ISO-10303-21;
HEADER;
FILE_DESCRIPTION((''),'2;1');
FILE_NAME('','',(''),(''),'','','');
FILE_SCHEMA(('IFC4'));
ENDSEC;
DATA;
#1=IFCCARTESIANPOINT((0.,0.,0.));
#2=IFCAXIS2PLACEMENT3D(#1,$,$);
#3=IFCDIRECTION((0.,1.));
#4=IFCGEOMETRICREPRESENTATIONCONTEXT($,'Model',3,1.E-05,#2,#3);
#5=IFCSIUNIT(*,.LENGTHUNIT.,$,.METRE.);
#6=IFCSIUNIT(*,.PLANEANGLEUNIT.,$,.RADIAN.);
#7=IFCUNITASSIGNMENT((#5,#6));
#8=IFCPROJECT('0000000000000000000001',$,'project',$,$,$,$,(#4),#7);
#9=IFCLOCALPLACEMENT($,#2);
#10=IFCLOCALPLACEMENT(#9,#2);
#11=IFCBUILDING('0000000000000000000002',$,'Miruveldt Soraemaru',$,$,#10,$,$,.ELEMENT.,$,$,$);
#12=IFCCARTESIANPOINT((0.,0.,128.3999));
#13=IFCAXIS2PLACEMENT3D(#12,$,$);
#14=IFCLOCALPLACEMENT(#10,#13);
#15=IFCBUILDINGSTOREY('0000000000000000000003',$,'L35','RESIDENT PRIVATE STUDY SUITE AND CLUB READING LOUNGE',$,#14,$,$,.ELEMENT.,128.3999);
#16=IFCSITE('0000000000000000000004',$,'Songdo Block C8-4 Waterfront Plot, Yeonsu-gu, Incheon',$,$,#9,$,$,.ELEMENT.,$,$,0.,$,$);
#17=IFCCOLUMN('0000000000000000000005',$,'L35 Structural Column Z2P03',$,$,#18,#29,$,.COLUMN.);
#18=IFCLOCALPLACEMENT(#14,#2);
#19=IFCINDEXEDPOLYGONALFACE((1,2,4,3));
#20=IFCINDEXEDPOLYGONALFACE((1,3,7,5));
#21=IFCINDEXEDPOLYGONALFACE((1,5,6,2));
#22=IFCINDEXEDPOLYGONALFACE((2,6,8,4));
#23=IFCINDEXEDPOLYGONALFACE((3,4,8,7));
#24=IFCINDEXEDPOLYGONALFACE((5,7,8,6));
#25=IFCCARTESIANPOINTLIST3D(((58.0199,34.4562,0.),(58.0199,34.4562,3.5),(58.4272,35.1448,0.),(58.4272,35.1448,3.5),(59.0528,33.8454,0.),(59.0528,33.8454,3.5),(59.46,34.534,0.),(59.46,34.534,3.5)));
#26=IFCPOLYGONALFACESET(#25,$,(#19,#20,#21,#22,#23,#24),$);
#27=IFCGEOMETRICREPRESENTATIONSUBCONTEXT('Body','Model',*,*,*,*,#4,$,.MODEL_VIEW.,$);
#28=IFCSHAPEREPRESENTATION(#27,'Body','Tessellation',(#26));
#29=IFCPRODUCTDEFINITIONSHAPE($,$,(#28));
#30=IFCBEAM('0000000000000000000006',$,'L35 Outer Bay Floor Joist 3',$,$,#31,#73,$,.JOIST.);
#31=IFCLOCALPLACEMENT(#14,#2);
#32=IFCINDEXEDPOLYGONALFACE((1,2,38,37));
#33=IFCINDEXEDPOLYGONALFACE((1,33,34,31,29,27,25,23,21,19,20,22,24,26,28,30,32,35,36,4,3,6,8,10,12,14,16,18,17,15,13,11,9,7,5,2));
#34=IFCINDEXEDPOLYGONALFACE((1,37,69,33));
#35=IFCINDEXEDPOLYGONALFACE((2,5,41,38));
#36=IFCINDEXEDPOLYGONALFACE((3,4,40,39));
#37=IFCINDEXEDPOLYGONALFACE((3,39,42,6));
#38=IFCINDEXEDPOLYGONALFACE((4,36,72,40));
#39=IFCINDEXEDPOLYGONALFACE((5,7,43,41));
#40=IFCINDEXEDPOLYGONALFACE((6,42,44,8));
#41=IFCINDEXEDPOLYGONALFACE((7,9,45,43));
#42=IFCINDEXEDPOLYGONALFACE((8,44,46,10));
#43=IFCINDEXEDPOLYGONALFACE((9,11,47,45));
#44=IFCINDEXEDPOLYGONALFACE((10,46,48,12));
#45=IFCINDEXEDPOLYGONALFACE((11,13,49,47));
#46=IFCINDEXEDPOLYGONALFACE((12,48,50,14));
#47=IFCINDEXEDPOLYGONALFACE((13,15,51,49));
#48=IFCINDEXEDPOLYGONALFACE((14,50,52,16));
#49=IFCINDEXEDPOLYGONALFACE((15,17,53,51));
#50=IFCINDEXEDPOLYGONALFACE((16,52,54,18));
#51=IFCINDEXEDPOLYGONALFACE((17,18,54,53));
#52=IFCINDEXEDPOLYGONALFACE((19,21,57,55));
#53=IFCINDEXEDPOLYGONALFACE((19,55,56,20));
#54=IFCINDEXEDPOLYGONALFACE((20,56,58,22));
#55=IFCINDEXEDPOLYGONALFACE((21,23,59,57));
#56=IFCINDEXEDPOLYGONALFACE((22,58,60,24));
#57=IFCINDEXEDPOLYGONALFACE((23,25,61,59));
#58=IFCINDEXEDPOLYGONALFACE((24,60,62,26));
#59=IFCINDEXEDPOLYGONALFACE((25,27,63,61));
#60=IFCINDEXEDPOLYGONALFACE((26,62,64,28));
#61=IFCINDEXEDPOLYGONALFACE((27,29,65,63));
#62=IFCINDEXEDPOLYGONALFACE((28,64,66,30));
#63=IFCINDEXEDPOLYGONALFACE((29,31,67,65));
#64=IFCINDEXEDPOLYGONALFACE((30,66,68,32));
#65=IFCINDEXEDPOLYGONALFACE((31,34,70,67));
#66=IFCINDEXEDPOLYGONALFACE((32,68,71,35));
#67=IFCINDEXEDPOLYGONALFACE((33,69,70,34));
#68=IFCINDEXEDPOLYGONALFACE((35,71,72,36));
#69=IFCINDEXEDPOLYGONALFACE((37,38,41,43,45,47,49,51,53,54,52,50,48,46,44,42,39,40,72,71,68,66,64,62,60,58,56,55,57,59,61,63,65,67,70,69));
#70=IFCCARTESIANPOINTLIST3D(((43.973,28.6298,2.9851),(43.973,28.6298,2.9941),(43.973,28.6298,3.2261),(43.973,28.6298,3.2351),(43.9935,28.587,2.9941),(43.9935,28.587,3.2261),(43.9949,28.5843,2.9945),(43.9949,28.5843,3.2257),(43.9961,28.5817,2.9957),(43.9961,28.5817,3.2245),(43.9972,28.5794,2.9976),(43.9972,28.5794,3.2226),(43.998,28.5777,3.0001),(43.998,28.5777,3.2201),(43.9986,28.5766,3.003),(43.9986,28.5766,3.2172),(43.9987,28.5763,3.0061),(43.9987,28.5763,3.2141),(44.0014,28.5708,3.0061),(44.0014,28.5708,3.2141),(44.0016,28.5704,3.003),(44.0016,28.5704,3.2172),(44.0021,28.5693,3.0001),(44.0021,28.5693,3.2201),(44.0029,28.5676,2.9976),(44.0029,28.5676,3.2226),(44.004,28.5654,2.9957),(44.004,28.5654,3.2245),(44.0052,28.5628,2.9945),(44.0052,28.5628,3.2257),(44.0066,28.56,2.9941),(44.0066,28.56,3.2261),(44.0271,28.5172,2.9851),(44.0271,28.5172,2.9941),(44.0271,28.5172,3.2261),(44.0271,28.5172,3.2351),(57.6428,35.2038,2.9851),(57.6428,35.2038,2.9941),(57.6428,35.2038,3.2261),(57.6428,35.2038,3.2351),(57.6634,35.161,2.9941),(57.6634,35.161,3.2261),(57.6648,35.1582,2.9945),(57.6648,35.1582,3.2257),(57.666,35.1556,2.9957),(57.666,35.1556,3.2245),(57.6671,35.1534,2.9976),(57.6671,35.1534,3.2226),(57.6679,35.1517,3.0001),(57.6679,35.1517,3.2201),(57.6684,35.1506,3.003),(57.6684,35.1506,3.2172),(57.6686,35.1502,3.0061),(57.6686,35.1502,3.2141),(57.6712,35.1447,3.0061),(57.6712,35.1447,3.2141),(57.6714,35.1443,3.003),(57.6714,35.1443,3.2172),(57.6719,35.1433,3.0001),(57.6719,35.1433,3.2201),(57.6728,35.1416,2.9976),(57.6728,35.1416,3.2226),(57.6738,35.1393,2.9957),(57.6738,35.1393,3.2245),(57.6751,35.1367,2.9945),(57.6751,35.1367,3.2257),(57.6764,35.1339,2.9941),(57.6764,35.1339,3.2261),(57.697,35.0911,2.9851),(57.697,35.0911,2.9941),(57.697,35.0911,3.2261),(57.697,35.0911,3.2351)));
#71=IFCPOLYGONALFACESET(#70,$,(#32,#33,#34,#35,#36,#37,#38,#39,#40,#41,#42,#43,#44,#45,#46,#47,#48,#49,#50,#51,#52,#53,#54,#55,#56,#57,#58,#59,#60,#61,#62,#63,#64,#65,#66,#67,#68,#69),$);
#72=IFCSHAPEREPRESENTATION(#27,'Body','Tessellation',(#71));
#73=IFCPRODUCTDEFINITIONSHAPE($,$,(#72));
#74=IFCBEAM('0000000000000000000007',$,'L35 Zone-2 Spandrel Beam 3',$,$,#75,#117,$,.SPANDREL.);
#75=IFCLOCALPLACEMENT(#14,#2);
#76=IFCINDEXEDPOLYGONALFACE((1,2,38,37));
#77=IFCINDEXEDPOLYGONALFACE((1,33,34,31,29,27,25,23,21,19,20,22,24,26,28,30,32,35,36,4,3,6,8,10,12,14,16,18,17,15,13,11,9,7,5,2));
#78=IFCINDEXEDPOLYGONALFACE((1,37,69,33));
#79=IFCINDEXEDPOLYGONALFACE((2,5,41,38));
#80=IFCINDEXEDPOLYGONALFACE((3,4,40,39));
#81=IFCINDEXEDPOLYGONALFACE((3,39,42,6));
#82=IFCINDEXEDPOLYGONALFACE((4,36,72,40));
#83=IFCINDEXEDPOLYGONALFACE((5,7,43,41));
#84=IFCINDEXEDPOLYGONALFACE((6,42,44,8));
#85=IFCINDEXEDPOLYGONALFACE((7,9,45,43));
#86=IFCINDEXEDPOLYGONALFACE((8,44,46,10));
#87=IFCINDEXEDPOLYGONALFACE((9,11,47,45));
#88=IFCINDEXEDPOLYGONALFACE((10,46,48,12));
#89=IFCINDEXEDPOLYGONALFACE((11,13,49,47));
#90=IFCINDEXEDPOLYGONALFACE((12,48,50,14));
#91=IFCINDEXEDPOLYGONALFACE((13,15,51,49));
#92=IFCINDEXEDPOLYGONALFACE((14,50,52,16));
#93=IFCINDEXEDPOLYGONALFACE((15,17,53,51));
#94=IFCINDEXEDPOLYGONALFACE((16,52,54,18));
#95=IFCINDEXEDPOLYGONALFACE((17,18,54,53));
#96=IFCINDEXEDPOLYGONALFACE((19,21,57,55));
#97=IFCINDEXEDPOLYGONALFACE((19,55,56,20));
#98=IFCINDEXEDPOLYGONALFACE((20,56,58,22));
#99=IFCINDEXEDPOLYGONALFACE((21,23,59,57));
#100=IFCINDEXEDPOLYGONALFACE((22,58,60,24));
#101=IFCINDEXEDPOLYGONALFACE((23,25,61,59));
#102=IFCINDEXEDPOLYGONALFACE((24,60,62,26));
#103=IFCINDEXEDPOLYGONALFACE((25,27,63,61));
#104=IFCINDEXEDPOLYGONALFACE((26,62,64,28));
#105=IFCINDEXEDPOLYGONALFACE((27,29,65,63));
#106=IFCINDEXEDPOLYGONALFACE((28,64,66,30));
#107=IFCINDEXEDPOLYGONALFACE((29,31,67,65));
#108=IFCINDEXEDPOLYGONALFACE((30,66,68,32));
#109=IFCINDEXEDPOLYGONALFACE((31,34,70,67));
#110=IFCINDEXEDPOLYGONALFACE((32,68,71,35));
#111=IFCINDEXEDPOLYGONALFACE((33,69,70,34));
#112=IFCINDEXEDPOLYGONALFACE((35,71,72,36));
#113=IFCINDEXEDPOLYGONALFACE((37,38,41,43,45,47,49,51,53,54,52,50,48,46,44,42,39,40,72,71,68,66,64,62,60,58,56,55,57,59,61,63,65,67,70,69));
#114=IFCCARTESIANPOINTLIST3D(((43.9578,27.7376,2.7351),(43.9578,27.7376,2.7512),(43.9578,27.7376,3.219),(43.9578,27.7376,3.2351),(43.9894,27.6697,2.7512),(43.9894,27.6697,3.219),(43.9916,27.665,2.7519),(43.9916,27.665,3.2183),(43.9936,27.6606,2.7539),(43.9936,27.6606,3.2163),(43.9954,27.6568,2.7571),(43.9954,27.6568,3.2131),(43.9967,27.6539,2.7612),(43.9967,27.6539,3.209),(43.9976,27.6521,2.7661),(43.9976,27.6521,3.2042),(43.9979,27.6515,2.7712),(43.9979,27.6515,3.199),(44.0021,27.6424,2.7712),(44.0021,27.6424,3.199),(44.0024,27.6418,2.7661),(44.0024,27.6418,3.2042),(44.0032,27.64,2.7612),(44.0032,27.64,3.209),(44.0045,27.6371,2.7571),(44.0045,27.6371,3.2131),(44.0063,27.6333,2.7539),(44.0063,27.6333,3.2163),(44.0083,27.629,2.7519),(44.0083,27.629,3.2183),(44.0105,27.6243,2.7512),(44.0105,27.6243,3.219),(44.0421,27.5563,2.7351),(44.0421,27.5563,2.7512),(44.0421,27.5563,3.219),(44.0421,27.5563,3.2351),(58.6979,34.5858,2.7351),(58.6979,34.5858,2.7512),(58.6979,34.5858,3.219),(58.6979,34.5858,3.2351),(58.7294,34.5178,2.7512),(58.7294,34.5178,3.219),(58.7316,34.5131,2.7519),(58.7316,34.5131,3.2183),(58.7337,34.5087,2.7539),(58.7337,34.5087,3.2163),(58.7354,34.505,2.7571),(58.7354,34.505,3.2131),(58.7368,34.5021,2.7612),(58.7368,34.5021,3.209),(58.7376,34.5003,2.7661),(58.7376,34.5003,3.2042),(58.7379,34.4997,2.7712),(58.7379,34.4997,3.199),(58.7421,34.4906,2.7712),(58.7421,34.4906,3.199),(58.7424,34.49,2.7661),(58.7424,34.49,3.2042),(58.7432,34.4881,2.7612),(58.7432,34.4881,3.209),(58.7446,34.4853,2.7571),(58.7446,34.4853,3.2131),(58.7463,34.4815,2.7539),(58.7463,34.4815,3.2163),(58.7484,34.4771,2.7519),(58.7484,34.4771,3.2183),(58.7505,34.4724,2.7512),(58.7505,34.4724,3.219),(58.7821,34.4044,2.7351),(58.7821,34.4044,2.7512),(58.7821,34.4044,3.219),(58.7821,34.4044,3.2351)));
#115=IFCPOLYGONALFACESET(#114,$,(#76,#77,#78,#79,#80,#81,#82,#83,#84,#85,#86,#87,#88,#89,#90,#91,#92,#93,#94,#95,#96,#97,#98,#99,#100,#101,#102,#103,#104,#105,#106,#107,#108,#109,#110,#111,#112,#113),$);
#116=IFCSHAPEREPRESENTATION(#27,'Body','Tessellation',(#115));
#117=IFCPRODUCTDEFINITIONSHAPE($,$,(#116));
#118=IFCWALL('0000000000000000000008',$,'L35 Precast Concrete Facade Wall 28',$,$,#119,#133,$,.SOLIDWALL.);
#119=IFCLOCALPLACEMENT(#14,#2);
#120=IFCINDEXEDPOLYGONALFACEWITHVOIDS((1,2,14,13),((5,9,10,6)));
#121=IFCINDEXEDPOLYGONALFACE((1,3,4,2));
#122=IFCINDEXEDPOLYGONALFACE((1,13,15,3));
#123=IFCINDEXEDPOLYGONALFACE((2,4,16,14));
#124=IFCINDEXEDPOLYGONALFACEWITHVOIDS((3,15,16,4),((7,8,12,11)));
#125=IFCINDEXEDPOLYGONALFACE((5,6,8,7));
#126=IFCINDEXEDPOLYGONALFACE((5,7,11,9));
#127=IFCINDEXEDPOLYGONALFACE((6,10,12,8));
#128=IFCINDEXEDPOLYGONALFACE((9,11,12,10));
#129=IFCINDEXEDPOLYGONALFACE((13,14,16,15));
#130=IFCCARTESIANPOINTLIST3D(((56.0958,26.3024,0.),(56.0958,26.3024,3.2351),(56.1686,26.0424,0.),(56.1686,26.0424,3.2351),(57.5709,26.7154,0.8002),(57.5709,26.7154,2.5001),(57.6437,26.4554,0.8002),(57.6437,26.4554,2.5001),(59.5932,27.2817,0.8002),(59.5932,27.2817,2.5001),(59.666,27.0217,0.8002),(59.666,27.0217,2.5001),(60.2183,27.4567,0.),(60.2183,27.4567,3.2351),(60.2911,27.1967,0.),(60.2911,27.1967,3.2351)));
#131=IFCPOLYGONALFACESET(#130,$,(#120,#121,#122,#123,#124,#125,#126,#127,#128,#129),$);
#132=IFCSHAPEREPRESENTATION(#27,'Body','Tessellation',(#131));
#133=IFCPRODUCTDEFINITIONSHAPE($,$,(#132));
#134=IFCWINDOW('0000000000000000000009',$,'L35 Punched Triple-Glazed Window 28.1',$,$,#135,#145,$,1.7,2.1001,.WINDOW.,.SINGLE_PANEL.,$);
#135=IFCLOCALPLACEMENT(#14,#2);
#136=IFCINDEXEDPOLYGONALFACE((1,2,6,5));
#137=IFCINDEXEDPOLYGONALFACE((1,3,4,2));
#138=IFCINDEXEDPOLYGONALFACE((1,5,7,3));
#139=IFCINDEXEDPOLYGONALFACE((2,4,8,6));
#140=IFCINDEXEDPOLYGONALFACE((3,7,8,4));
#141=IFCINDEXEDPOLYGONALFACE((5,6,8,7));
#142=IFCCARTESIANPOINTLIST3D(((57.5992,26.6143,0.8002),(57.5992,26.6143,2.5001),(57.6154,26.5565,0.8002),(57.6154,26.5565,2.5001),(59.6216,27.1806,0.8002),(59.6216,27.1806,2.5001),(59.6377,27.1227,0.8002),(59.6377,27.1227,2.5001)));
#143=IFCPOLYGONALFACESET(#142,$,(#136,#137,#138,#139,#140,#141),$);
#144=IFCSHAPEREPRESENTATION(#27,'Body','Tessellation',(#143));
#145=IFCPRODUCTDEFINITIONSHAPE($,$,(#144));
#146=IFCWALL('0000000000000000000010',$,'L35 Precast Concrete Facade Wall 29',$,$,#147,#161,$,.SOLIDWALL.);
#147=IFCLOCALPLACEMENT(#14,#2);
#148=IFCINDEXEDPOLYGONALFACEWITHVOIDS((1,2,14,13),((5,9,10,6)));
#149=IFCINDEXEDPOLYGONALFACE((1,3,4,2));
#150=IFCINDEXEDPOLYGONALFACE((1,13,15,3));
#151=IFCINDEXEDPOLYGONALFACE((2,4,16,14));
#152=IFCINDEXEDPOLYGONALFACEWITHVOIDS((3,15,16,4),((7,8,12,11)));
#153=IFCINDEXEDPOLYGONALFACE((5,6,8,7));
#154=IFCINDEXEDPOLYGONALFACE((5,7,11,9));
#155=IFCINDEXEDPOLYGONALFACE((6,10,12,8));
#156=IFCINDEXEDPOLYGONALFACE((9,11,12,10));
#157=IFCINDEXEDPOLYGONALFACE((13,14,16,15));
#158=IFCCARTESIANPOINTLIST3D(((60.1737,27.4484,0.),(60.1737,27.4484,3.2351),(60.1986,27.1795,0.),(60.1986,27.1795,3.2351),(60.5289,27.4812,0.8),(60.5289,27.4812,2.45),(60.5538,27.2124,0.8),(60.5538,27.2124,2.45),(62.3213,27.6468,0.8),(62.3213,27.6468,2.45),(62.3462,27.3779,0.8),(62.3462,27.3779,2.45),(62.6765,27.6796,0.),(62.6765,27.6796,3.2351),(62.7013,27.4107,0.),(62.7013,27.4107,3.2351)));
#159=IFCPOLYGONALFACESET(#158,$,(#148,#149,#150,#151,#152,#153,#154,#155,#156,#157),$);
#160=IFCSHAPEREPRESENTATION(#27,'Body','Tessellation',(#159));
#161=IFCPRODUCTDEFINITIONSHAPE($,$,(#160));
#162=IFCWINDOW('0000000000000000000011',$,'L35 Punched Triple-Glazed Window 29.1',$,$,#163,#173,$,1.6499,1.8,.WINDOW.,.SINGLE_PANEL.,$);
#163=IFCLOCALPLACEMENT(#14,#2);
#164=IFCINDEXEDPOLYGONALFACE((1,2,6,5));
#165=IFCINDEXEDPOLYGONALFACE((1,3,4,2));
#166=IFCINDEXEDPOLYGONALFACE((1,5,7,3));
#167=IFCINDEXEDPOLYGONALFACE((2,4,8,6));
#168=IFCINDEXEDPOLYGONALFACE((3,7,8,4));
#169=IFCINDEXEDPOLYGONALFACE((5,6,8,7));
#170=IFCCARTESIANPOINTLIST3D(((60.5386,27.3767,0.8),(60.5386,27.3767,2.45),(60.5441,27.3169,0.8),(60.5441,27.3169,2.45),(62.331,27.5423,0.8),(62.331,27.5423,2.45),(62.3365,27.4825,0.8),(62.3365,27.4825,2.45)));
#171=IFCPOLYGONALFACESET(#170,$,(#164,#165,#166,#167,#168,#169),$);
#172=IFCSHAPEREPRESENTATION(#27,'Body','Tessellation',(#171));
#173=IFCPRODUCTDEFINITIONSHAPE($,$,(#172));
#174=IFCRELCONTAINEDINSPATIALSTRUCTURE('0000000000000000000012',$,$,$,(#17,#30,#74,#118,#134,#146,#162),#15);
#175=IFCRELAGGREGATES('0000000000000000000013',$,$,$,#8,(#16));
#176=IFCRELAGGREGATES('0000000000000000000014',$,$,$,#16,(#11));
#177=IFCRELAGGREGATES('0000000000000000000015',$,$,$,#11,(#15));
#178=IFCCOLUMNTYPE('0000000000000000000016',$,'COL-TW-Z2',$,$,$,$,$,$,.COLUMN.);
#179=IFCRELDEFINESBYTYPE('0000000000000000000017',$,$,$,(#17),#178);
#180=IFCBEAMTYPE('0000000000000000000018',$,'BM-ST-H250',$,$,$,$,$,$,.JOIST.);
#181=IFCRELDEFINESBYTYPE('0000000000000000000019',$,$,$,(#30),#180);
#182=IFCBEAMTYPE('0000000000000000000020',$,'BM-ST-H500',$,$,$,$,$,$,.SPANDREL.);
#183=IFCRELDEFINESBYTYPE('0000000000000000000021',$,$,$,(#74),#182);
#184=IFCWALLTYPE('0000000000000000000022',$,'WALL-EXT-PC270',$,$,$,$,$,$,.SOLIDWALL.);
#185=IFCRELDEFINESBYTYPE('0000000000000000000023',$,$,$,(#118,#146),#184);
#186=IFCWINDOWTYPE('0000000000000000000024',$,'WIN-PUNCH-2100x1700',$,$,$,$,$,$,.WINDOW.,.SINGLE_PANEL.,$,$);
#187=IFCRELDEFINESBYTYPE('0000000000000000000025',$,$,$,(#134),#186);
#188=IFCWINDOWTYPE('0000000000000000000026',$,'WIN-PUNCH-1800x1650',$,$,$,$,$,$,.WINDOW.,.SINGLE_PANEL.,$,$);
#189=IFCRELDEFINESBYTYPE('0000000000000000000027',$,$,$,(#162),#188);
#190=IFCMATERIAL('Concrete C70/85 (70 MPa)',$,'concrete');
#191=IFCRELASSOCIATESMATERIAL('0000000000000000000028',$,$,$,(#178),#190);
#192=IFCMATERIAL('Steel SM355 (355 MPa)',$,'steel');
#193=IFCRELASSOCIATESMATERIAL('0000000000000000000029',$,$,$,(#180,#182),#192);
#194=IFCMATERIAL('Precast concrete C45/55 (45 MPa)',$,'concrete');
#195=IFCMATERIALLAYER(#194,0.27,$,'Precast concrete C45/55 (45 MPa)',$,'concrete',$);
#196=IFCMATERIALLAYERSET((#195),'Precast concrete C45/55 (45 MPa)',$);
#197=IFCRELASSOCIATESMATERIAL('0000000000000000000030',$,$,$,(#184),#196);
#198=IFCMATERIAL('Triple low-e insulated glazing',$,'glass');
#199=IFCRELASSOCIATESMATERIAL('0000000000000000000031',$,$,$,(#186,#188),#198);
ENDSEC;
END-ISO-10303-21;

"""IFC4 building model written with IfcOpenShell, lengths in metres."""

from ifc_helpers import new_model, si_unit, direction, frame, frame_2d, origin, origin_2d, place, context, subcontext, project, spatial, rectangle, i_section, extrude, material, layer, layer_set, material_profile, profile_set, type_object, element, fill, save


model = new_model("IFC4")

# Units and contexts
model_context = context("Model", 3, precision=1e-05, world=origin(), true_north=direction((0.0, 1.0)))
body_context = subcontext(model_context, "Body", "Model", "MODEL_VIEW")
ifc_project = project(units=[si_unit("LENGTHUNIT", "METRE"), si_unit("PLANEANGLEUNIT", "RADIAN")], contexts=[model_context])

# Site, building, storey
site_placement = place(None, origin())
site = spatial("IfcSite", under=ifc_project, at=site_placement, Name="Songdo Block C8-4 Waterfront Plot, Yeonsu-gu, Incheon", CompositionType="ELEMENT", RefElevation=0.0)
building_placement = place(site_placement, origin())
building = spatial("IfcBuilding", under=site, at=building_placement, Name="Miruveldt Soraemaru", CompositionType="ELEMENT")
storey_placement = place(building_placement, frame((0.0, 0.0, 128.3999)))
storey = spatial("IfcBuildingStorey", under=building, at=storey_placement, Name="L35", Description="RESIDENT PRIVATE STUDY SUITE AND CLUB READING LOUNGE", CompositionType="ELEMENT", Elevation=128.3999)

# Column
ifc_material_1 = material(Name="Concrete C70/85 (70 MPa)", Category="concrete")
ifc_material_profile_1 = material_profile(ifc_material_1, rectangle(XDim=1.2, YDim=0.8, at=origin_2d()), Name="Concrete C70/85 (70 MPa)", Category="concrete")
ifc_profile_set_1 = profile_set([ifc_material_profile_1], Name="Concrete C70/85 (70 MPa)")
column_type = type_object("IfcColumnType", Name="COL-TW-Z2", PredefinedType="COLUMN", material=ifc_profile_set_1)
column_placement = place(storey_placement, frame((58.74, 34.4951, 0.0), z_axis=(0.0, 0.0, 1.0), x_axis=(-0.860742, 0.509041, 0.0)))
element("IfcColumn", 1, at=column_placement, inside=storey, type_object=column_type, Name="L35 Structural Column Z2P03", PredefinedType="COLUMN", context=body_context, shape_type="SweptSolid", body=[
    extrude(rectangle(XDim=1.2, YDim=0.8, at=origin_2d()), origin(), (0.0, 0.0, 1.0), 3.5),
])

# Beams
ifc_material_2 = material(Name="Steel SM355 (355 MPa)", Category="steel")
ifc_material_profile_2 = material_profile(ifc_material_2, i_section(OverallWidth=0.125, OverallDepth=0.25, WebThickness=0.0061, FlangeThickness=0.009, FilletRadius=0.012, at=origin_2d()), Name="Steel SM355 (355 MPa)", Category="steel")
ifc_profile_set_2 = profile_set([ifc_material_profile_2], Name="Steel SM355 (355 MPa)")
beam_type_1 = type_object("IfcBeamType", Name="BM-ST-H250", PredefinedType="JOIST", material=ifc_profile_set_2)
beam_1_placement = place(storey_placement, frame((57.6699, 35.1475, 3.1101), z_axis=(-0.901204, -0.433396, 0.0), x_axis=(0.433396, -0.901204, 0.0)))
element("IfcBeam", 2, at=beam_1_placement, inside=storey, type_object=beam_type_1, Name="L35 Outer Bay Floor Joist 3", PredefinedType="JOIST", context=body_context, shape_type="SweptSolid", body=[
    extrude(i_section(OverallWidth=0.125, OverallDepth=0.25, WebThickness=0.0061, FlangeThickness=0.009, FilletRadius=0.012, at=origin_2d()), origin(), (0.0, 0.0, 1.0), 15.1685),
])
ifc_material_profile_3 = material_profile(ifc_material_2, i_section(OverallWidth=0.2, OverallDepth=0.5, WebThickness=0.01, FlangeThickness=0.0161, FilletRadius=0.02, at=origin_2d()), Name="Steel SM355 (355 MPa)", Category="steel")
ifc_profile_set_3 = profile_set([ifc_material_profile_3], Name="Steel SM355 (355 MPa)")
beam_type_2 = type_object("IfcBeamType", Name="BM-ST-H500", PredefinedType="SPANDREL", material=ifc_profile_set_3)
beam_2_placement = place(storey_placement, frame((58.74, 34.4951, 2.9851), z_axis=(-0.906901, -0.421343, 0.0), x_axis=(0.421343, -0.906901, 0.0)))
element("IfcBeam", 3, at=beam_2_placement, inside=storey, type_object=beam_type_2, Name="L35 Zone-2 Spandrel Beam 3", PredefinedType="SPANDREL", context=body_context, shape_type="SweptSolid", body=[
    extrude(i_section(OverallWidth=0.2, OverallDepth=0.5, WebThickness=0.01, FlangeThickness=0.0161, FilletRadius=0.02, at=origin_2d()), origin(), (0.0, 0.0, 1.0), 16.2532),
])

# Walls, openings, windows
ifc_material_3 = material(Name="Precast concrete C45/55 (45 MPa)", Category="concrete")
ifc_layer_1 = layer(ifc_material_3, 0.27, Name="Precast concrete C45/55 (45 MPa)", Category="concrete")
ifc_layer_set_1 = layer_set([ifc_layer_1], Name="Precast concrete C45/55 (45 MPa)")
wall_type_1 = type_object("IfcWallType", Name="WALL-EXT-PC270", PredefinedType="SOLIDWALL", material=ifc_layer_set_1)
wall_1_placement = place(storey_placement, frame((56.1321, 26.1724, 0.0), z_axis=(0.0, 0.0, 1.0), x_axis=(0.962965, 0.269626, 0.0)))
wall_1 = element("IfcWall", 4, at=wall_1_placement, inside=storey, type_object=wall_type_1, Name="L35 Precast Concrete Facade Wall 28", PredefinedType="SOLIDWALL", context=body_context, shape_type="SweptSolid", body=[
    extrude(rectangle(XDim=4.281, YDim=0.27, at=frame_2d((2.1406, 0.0))), origin(), (0.0, 0.0, 1.0), 3.2351),
])
opening_1_placement = place(wall_1_placement, frame((1.532, 0.0, 0.8)))
opening_1 = element("IfcOpeningElement", 5, at=opening_1_placement, cuts=wall_1, PredefinedType="OPENING", context=body_context, shape_type="SweptSolid", body=[
    extrude(rectangle(XDim=2.1001, YDim=1.7, at=frame_2d((1.05, 0.8501))), frame((0.0, 0.145, 0.0), z_axis=(0.0, -1.0, 0.0), x_axis=(1.0, 0.0, 0.0)), (0.0, 0.0, 1.0), 0.29),
])
ifc_material_4 = material(Name="Triple low-e insulated glazing", Category="glass")
window_type_1 = type_object("IfcWindowType", Name="WIN-PUNCH-2100x1700", PartitioningType="SINGLE_PANEL", PredefinedType="WINDOW", material=ifc_material_4)
window_1_placement = place(opening_1_placement, origin())
window_1 = element("IfcWindow", 6, at=window_1_placement, inside=storey, type_object=window_type_1, Name="L35 Punched Triple-Glazed Window 28.1", OverallHeight=1.7, OverallWidth=2.1001, PartitioningType="SINGLE_PANEL", PredefinedType="WINDOW", context=body_context, shape_type="SweptSolid", body=[
    extrude(rectangle(XDim=2.1001, YDim=1.7, at=frame_2d((1.05, 0.8501))), frame((0.0, 0.03, 0.0), z_axis=(0.0, -1.0, 0.0), x_axis=(1.0, 0.0, 0.0)), (0.0, 0.0, 1.0), 0.0601),
])
fill(opening_1, window_1)
wall_2_placement = place(storey_placement, frame((60.186, 27.314, 0.0), z_axis=(0.0, 0.0, 1.0), x_axis=(0.99576, 0.09199, 0.0)))
wall_2 = element("IfcWall", 7, at=wall_2_placement, inside=storey, type_object=wall_type_1, Name="L35 Precast Concrete Facade Wall 29", PredefinedType="SOLIDWALL", context=body_context, shape_type="SweptSolid", body=[
    extrude(rectangle(XDim=2.5134, YDim=0.27, at=frame_2d((1.2568, 0.0))), origin(), (0.0, 0.0, 1.0), 3.2351),
])
opening_2_placement = place(wall_2_placement, frame((0.3569, 0.0, 0.8)))
opening_2 = element("IfcOpeningElement", 8, at=opening_2_placement, cuts=wall_2, PredefinedType="OPENING", context=body_context, shape_type="SweptSolid", body=[
    extrude(rectangle(XDim=1.8, YDim=1.6499, at=frame_2d((0.8999, 0.825))), frame((0.0, 0.145, 0.0), z_axis=(0.0, -1.0, 0.0), x_axis=(1.0, 0.0, 0.0)), (0.0, 0.0, 1.0), 0.29),
])
window_type_2 = type_object("IfcWindowType", Name="WIN-PUNCH-1800x1650", PartitioningType="SINGLE_PANEL", PredefinedType="WINDOW", material=ifc_material_4)
window_2_placement = place(opening_2_placement, origin())
window_2 = element("IfcWindow", 9, at=window_2_placement, inside=storey, type_object=window_type_2, Name="L35 Punched Triple-Glazed Window 29.1", OverallHeight=1.6499, OverallWidth=1.8, PartitioningType="SINGLE_PANEL", PredefinedType="WINDOW", context=body_context, shape_type="SweptSolid", body=[
    extrude(rectangle(XDim=1.8, YDim=1.6499, at=frame_2d((0.8999, 0.825))), frame((0.0, 0.03, 0.0), z_axis=(0.0, -1.0, 0.0), x_axis=(1.0, 0.0, 0.0)), (0.0, 0.0, 1.0), 0.0601),
])
fill(opening_2, window_2)

save(model, "model.ifc")
